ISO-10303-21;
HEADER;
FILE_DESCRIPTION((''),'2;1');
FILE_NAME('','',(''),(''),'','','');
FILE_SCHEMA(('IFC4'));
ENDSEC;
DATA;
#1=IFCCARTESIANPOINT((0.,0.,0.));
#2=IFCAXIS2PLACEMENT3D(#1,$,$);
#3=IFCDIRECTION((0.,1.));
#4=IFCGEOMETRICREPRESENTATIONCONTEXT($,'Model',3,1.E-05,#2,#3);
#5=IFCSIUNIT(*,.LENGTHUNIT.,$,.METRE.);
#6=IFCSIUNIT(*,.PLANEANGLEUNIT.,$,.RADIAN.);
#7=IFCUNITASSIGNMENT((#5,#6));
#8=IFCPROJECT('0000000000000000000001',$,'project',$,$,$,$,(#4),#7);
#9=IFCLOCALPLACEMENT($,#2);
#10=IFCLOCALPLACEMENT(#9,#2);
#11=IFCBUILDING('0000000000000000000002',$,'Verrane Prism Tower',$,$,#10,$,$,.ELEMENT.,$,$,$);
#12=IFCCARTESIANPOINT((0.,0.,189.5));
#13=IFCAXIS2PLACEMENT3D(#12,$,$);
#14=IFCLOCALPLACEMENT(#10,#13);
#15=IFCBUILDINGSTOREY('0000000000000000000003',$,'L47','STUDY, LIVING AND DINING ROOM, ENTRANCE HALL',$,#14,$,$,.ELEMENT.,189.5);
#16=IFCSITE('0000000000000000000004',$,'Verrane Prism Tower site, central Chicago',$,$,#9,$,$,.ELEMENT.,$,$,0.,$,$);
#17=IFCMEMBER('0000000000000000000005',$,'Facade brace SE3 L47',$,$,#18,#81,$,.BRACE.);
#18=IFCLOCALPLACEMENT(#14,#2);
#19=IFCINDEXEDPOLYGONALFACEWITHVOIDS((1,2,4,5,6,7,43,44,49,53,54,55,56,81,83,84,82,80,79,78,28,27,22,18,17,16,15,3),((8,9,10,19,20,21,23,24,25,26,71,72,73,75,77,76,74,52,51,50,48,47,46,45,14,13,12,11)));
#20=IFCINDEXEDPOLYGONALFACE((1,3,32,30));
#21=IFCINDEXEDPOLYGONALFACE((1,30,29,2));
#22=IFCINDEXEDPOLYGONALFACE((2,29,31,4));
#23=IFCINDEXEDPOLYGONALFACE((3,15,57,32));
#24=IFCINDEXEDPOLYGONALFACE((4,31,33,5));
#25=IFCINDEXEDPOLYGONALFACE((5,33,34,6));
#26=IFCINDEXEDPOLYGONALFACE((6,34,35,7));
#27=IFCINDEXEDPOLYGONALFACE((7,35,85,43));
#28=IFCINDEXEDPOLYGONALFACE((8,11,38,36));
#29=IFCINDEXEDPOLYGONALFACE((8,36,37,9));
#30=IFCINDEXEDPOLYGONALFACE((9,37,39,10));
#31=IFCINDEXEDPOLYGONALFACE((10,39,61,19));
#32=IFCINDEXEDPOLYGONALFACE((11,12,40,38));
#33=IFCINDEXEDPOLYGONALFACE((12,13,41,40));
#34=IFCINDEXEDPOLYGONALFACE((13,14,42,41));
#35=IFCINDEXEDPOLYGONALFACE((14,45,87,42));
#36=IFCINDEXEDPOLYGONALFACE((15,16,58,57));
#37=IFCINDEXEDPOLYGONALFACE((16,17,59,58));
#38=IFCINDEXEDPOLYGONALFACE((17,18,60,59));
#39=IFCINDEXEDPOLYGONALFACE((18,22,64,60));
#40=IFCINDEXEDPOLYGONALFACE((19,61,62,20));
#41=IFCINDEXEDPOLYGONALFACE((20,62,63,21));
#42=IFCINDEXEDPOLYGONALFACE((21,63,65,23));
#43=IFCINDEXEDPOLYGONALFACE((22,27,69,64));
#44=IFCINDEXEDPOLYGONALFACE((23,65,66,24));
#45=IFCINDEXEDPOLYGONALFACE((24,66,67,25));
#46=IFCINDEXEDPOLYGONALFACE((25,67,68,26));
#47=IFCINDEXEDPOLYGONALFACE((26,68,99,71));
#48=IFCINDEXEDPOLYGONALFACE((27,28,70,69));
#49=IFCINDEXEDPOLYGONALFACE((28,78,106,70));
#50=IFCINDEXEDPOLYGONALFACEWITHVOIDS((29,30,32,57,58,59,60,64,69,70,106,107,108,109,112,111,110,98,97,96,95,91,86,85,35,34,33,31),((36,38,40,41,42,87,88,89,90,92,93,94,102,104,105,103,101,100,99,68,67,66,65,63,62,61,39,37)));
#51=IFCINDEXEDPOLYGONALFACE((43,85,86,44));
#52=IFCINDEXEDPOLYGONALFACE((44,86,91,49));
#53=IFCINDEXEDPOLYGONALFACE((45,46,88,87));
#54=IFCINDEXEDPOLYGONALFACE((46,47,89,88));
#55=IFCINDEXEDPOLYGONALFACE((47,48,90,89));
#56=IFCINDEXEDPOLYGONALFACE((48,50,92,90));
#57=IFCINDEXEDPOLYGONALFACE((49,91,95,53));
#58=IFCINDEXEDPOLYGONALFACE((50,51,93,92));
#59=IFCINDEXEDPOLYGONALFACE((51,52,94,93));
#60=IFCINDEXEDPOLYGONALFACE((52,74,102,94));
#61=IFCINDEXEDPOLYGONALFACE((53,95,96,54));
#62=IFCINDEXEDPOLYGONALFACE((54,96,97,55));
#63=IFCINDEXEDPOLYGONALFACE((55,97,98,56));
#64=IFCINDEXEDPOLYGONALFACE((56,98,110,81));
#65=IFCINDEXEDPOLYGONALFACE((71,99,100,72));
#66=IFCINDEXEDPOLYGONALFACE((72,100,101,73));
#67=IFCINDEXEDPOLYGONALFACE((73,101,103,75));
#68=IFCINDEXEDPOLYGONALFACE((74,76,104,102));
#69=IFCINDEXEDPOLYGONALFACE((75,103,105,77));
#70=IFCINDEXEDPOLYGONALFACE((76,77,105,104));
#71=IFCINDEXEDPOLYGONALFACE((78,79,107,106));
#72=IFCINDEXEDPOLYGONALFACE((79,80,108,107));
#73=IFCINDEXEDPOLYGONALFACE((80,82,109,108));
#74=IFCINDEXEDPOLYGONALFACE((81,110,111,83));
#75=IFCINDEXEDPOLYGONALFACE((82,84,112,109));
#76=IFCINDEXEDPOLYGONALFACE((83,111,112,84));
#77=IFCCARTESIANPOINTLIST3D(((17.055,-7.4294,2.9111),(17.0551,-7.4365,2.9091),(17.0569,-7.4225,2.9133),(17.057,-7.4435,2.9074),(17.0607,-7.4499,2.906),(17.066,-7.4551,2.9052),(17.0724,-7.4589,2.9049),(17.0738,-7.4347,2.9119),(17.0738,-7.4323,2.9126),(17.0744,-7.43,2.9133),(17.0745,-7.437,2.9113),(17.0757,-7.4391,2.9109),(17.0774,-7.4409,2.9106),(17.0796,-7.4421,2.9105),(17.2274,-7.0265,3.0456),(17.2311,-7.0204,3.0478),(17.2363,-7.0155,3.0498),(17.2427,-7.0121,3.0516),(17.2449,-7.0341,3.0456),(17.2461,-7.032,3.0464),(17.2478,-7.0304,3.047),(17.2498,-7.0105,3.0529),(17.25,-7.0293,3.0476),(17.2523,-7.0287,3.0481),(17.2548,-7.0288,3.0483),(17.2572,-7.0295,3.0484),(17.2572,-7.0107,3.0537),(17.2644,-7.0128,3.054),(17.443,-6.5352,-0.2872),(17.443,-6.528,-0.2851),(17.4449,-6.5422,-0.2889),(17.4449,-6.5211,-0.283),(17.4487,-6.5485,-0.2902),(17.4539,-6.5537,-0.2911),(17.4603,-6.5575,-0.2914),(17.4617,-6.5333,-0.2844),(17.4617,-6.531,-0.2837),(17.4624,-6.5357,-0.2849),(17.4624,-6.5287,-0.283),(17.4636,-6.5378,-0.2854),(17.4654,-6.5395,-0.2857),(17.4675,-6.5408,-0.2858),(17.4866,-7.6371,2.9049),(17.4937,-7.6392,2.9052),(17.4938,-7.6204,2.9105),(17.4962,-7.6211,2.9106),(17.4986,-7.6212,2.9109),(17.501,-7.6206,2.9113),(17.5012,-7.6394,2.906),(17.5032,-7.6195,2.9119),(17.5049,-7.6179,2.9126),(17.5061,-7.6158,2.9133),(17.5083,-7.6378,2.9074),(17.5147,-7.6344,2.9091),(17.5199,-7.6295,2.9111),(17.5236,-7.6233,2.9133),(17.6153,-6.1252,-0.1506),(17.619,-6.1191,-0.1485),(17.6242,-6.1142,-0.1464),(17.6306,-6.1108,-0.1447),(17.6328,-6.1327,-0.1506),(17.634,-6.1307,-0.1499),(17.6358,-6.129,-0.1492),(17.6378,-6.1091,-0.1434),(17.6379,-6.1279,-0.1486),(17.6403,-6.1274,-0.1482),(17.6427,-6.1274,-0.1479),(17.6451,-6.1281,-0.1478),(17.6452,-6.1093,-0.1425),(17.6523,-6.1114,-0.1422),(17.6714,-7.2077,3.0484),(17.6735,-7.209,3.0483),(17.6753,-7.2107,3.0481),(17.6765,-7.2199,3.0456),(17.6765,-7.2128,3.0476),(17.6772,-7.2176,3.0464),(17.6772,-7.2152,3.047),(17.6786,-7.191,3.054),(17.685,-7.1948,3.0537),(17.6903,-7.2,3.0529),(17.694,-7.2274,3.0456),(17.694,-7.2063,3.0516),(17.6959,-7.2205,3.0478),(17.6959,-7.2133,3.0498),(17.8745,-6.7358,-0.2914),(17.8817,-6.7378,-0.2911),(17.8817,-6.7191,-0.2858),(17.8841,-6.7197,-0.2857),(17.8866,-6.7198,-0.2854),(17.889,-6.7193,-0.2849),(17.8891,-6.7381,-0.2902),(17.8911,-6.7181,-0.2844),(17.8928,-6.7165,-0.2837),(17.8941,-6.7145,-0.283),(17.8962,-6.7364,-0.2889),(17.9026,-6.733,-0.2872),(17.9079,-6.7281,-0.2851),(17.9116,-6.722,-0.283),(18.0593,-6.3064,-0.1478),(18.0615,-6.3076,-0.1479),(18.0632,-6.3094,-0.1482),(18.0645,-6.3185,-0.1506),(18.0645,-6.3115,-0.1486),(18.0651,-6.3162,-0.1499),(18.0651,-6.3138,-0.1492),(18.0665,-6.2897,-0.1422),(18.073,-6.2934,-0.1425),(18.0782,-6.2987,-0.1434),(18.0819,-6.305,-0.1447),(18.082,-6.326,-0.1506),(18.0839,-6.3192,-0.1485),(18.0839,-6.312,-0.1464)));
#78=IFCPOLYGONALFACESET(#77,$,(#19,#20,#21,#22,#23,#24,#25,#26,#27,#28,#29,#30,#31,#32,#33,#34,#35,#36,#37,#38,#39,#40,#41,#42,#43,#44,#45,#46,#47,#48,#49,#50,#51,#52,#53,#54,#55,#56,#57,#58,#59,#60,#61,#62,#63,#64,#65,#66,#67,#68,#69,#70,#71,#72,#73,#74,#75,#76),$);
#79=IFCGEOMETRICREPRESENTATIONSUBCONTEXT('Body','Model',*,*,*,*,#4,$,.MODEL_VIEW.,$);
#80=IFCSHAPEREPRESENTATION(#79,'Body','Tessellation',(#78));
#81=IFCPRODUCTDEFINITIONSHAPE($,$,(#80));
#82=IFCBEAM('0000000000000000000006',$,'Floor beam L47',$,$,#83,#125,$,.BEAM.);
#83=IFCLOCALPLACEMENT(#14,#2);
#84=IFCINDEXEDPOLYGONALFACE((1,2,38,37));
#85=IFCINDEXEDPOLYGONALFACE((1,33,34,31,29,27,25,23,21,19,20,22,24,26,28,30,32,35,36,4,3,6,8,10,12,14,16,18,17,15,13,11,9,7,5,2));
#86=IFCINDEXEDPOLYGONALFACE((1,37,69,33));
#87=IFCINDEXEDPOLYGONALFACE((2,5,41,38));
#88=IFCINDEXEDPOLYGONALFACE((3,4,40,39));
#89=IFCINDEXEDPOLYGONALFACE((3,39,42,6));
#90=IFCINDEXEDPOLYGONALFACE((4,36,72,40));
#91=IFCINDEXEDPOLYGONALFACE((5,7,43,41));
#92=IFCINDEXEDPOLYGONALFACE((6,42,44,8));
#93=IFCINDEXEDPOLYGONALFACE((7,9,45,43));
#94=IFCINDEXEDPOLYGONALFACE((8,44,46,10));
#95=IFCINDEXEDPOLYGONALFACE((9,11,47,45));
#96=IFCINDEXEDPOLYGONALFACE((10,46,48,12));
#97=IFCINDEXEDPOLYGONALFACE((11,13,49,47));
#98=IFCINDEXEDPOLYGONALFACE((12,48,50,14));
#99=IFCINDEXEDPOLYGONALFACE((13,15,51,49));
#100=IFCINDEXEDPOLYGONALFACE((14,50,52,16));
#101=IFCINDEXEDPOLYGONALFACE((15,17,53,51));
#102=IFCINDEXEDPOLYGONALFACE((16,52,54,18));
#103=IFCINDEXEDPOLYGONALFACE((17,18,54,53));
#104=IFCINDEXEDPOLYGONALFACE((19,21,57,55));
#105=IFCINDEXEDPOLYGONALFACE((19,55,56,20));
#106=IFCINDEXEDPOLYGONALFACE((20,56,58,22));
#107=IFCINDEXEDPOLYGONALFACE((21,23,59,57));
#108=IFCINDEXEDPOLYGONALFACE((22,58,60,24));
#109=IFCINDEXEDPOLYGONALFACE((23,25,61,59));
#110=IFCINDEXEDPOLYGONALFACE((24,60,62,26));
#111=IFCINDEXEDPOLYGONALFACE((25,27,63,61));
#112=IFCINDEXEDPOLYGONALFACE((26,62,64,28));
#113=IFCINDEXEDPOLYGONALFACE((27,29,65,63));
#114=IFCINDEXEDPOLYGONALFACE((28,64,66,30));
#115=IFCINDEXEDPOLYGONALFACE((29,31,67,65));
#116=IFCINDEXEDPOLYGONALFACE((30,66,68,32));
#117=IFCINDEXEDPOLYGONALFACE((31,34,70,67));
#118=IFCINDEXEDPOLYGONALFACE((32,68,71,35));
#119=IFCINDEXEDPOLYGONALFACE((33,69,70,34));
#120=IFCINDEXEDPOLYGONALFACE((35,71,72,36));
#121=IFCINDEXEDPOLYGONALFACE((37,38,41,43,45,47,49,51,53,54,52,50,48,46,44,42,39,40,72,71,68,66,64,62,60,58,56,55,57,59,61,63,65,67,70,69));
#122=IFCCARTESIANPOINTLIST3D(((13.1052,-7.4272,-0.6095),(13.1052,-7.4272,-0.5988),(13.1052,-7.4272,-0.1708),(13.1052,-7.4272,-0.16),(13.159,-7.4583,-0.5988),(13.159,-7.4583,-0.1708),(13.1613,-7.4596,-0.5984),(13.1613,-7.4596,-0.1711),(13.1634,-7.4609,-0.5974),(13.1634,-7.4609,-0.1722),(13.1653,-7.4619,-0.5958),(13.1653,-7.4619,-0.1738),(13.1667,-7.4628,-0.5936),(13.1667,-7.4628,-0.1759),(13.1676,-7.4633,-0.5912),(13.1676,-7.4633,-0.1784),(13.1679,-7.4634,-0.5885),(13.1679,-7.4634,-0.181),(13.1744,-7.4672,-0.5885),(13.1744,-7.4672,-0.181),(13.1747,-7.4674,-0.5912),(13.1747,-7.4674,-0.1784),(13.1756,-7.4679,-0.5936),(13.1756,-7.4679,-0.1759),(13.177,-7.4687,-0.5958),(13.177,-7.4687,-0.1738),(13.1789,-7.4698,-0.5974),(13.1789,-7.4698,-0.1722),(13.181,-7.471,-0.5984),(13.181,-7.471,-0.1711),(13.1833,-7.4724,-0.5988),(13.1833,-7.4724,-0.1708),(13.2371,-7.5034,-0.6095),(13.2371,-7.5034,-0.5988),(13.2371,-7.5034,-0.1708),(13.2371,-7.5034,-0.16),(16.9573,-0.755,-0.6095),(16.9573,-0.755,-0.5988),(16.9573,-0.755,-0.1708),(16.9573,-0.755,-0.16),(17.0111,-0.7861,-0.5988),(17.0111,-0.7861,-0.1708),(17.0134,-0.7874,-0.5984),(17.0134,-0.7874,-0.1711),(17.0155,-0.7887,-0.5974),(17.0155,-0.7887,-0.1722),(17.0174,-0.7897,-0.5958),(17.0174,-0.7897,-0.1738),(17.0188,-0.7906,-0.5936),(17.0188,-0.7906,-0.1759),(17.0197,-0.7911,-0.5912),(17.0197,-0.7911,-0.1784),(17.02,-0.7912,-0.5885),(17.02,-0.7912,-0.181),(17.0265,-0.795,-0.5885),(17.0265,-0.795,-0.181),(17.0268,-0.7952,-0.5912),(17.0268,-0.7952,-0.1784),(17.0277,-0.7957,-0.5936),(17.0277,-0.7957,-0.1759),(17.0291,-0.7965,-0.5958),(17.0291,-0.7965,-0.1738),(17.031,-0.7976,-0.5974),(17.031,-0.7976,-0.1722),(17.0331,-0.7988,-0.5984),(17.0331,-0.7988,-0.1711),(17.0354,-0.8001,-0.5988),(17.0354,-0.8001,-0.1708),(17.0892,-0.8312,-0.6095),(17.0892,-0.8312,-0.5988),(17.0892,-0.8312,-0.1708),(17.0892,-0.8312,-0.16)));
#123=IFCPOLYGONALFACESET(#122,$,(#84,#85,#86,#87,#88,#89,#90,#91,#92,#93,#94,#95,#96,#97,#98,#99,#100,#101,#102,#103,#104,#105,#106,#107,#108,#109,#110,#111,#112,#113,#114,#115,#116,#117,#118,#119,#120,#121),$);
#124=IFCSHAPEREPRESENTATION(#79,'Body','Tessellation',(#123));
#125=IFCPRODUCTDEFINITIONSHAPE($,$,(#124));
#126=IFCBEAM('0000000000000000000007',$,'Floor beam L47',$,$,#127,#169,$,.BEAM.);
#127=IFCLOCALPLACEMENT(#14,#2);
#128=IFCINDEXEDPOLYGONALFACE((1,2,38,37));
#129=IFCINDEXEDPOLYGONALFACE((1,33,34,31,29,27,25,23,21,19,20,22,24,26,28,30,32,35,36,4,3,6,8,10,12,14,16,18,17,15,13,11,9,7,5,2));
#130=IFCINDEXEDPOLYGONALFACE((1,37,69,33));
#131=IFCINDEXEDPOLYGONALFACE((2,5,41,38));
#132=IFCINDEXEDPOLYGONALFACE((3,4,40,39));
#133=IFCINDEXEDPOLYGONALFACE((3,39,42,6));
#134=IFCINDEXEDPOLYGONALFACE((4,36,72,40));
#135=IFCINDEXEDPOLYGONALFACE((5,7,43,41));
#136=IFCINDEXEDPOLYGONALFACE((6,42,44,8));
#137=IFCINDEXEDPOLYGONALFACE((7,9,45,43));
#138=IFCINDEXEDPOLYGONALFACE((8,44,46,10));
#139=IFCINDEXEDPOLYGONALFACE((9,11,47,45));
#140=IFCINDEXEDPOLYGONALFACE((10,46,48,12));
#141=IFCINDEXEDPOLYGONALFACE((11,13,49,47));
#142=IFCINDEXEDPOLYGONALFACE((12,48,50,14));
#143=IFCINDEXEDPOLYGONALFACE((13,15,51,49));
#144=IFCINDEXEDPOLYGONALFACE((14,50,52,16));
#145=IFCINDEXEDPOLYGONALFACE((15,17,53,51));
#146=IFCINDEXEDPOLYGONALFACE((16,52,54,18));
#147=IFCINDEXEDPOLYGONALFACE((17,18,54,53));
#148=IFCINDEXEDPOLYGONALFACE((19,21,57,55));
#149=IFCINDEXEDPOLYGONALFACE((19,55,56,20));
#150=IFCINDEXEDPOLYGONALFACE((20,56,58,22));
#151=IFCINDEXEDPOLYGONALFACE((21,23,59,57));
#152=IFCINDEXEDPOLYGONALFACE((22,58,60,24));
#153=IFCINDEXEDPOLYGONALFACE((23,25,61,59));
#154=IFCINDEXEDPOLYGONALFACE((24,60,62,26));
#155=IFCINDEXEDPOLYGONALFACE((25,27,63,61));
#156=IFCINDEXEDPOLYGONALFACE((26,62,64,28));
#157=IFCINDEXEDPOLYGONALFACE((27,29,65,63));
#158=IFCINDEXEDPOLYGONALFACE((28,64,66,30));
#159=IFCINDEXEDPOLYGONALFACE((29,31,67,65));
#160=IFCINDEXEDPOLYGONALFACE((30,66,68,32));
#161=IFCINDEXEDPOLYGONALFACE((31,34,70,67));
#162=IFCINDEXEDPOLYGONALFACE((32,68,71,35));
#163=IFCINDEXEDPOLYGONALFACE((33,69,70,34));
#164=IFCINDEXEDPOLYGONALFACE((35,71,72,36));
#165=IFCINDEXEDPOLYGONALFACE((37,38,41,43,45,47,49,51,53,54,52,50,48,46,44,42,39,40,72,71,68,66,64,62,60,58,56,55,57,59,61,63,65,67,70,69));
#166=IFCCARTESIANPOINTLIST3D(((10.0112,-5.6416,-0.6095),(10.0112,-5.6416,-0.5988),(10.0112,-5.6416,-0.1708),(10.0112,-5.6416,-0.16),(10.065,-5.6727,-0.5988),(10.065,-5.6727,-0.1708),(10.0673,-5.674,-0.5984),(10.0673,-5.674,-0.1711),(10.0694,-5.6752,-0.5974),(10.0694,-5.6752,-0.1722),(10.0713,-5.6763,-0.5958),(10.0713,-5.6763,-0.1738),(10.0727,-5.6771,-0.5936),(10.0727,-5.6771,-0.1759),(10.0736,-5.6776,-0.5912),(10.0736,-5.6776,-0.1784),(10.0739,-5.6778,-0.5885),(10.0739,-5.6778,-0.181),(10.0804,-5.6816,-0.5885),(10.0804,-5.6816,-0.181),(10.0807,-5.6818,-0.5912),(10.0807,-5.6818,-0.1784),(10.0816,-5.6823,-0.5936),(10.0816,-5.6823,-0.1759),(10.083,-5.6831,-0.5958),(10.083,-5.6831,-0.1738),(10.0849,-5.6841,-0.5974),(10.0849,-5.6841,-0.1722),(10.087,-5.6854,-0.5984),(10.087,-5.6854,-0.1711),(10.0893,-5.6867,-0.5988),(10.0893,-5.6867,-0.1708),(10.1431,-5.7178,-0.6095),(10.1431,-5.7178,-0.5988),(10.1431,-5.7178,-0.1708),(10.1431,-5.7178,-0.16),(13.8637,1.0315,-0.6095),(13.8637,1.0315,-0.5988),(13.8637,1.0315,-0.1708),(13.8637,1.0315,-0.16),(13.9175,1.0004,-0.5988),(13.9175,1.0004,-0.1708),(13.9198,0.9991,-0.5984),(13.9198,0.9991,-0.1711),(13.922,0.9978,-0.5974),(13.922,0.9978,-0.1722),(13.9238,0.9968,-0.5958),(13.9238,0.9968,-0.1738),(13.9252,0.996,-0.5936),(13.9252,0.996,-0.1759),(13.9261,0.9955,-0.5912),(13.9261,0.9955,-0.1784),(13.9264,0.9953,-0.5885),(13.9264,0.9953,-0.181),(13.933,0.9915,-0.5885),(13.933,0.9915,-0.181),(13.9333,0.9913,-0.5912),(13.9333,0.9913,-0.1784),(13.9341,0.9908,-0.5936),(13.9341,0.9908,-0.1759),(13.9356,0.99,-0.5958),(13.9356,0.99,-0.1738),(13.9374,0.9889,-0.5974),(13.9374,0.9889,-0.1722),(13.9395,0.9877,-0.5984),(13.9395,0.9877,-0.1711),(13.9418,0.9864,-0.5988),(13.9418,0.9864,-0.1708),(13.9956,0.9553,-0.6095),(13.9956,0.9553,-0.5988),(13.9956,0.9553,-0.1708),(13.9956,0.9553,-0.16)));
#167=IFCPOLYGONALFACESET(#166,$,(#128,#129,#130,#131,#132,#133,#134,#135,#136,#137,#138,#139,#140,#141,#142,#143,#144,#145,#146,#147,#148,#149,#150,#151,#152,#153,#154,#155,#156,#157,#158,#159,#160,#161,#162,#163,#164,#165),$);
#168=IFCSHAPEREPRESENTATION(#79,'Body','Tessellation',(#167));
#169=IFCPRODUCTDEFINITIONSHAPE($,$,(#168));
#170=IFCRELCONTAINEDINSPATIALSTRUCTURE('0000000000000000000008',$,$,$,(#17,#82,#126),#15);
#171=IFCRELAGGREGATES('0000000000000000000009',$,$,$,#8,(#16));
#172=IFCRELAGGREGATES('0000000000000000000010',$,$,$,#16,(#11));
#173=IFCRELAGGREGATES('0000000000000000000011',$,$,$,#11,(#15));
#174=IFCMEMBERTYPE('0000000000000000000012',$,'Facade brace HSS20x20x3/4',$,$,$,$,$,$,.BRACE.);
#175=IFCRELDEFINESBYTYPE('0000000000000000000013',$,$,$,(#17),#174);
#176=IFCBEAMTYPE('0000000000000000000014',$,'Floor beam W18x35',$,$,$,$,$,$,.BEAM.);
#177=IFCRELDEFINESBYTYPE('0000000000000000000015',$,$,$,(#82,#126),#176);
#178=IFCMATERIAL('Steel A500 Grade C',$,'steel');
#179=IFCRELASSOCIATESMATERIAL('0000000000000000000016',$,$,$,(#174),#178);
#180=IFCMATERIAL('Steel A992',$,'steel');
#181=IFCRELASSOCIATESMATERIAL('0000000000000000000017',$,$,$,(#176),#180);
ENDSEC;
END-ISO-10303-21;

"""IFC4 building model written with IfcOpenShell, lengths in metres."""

from ifc_helpers import new_model, si_unit, direction, frame, origin, origin_2d, place, context, subcontext, project, spatial, hollow_rectangle, i_section, extrude, material, material_profile, profile_set, type_object, element, save


model = new_model("IFC4")

# Units and contexts
model_context = context("Model", 3, precision=1e-05, world=origin(), true_north=direction((0.0, 1.0)))
body_context = subcontext(model_context, "Body", "Model", "MODEL_VIEW")
ifc_project = project(units=[si_unit("LENGTHUNIT", "METRE"), si_unit("PLANEANGLEUNIT", "RADIAN")], contexts=[model_context])

# Site, building, storey
site_placement = place(None, origin())
site = spatial("IfcSite", under=ifc_project, at=site_placement, Name="Verrane Prism Tower site, central Chicago", CompositionType="ELEMENT", RefElevation=0.0)
building_placement = place(site_placement, origin())
building = spatial("IfcBuilding", under=site, at=building_placement, Name="Verrane Prism Tower", CompositionType="ELEMENT")
storey_placement = place(building_placement, frame((0.0, 0.0, 189.5)))
storey = spatial("IfcBuildingStorey", under=building, at=storey_placement, Name="L47", Description="STUDY, LIVING AND DINING ROOM, ENTRANCE HALL", CompositionType="ELEMENT", Elevation=189.5)

# Member
ifc_material_1 = material(Name="Steel A500 Grade C", Category="steel")
ifc_material_profile_1 = material_profile(ifc_material_1, hollow_rectangle(XDim=0.5081, YDim=0.5081, WallThickness=0.019, InnerFilletRadius=0.0095, OuterFilletRadius=0.0286, at=origin_2d()), Name="HSS20x20x3/4")
ifc_profile_set_1 = profile_set([ifc_material_profile_1], Name="Steel A500 Grade C")
member_type_1 = type_object("IfcMemberType", Name="Facade brace HSS20x20x3/4", PredefinedType="BRACE", material=ifc_profile_set_1)
member_1_placement = place(storey_placement, frame((17.7634, -6.4236, -0.2168), z_axis=(-0.116027, -0.269585, 0.955961), x_axis=(0.918539, -0.39533, 0.0)))
element("IfcMember", 1, at=member_1_placement, inside=storey, type_object=member_type_1, Name="Facade brace SE3 L47", PredefinedType="BRACE", context=body_context, shape_type="SweptSolid", body=[
    extrude(hollow_rectangle(XDim=0.5081, YDim=0.5081, WallThickness=0.019, InnerFilletRadius=0.0095, OuterFilletRadius=0.0286, at=origin_2d()), origin(), (0.0, 0.0, 1.0), 3.3435),
])

# Beams
ifc_material_2 = material(Name="Steel A992", Category="steel")
ifc_material_profile_2 = material_profile(ifc_material_2, i_section(OverallWidth=0.1523, OverallDepth=0.4495, WebThickness=0.0076, FlangeThickness=0.0107, FilletRadius=0.0103, at=origin_2d()), Name="W18x35")
ifc_profile_set_2 = profile_set([ifc_material_profile_2], Name="Steel A992")
beam_type_1 = type_object("IfcBeamType", Name="Floor beam W18x35", PredefinedType="BEAM", material=ifc_profile_set_2)
beam_1_placement = place(storey_placement, frame((13.1711, -7.4653, -0.3848), z_axis=(0.49999, 0.866031, 0.0), x_axis=(-0.866031, 0.49999, 0.0)))
element("IfcBeam", 2, at=beam_1_placement, inside=storey, type_object=beam_type_1, Name="Floor beam L47", PredefinedType="BEAM", context=body_context, shape_type="SweptSolid", body=[
    extrude(i_section(OverallWidth=0.1523, OverallDepth=0.4495, WebThickness=0.0076, FlangeThickness=0.0107, FilletRadius=0.0103, at=origin_2d()), origin(), (0.0, 0.0, 1.0), 7.7043),
])
beam_2_placement = place(storey_placement, frame((10.0771, -5.6797, -0.3848), z_axis=(0.499983, 0.866035, 0.0), x_axis=(-0.866035, 0.499983, 0.0)))
element("IfcBeam", 3, at=beam_2_placement, inside=storey, type_object=beam_type_1, Name="Floor beam L47", PredefinedType="BEAM", context=body_context, shape_type="SweptSolid", body=[
    extrude(i_section(OverallWidth=0.1523, OverallDepth=0.4495, WebThickness=0.0076, FlangeThickness=0.0107, FilletRadius=0.0103, at=origin_2d()), origin(), (0.0, 0.0, 1.0), 7.7053),
])

save(model, "model.ifc")
